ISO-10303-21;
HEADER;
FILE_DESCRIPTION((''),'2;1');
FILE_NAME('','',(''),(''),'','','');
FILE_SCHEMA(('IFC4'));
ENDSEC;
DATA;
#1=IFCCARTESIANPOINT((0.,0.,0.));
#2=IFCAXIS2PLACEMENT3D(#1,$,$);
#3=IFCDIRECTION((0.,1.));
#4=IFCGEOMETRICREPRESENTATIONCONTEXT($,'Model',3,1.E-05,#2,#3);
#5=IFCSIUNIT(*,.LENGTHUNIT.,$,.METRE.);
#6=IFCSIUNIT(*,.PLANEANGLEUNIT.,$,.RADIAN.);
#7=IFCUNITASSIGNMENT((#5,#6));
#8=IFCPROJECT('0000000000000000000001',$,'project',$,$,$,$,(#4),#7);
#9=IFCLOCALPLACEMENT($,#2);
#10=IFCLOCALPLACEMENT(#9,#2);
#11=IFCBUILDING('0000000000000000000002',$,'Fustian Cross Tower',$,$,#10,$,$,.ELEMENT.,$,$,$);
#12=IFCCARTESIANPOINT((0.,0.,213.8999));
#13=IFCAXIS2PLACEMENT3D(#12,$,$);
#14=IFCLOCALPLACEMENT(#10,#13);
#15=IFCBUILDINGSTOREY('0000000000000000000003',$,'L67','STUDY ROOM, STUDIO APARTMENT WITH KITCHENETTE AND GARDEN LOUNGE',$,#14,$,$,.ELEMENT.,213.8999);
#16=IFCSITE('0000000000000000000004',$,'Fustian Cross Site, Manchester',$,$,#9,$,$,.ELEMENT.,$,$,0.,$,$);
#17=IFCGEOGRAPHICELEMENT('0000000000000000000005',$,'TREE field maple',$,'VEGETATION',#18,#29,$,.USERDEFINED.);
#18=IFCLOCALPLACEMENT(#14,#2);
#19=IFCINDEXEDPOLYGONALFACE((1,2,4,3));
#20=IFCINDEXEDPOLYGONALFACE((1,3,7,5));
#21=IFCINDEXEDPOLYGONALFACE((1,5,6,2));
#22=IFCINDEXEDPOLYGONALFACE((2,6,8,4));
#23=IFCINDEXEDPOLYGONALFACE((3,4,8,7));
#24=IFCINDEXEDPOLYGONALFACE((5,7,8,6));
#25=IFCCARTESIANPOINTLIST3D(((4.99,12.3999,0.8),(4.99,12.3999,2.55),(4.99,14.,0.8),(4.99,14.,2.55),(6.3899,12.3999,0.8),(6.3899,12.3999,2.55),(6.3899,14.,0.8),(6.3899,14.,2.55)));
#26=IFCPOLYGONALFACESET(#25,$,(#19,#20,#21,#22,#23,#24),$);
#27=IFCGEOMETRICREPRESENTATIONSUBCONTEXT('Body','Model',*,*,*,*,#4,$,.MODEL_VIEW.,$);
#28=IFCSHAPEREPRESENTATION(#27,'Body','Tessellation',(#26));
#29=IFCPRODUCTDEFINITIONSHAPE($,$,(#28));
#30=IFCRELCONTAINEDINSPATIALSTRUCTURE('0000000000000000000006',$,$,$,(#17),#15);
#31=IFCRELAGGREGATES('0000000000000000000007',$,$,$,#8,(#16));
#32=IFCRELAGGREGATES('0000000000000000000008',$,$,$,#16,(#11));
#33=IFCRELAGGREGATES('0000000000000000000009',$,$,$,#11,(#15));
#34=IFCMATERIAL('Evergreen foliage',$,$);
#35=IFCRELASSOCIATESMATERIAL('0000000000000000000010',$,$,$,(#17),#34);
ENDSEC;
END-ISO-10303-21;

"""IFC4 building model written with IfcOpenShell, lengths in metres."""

from ifc_helpers import new_model, si_unit, direction, frame, origin, origin_2d, place, context, subcontext, project, spatial, rectangle, extrude, material, element, save


model = new_model("IFC4")

# Units and contexts
model_context = context("Model", 3, precision=1e-05, world=origin(), true_north=direction((0.0, 1.0)))
body_context = subcontext(model_context, "Body", "Model", "MODEL_VIEW")
ifc_project = project(units=[si_unit("LENGTHUNIT", "METRE"), si_unit("PLANEANGLEUNIT", "RADIAN")], contexts=[model_context])

# Site, building, storey
site_placement = place(None, origin())
site = spatial("IfcSite", under=ifc_project, at=site_placement, Name="Fustian Cross Site, Manchester", CompositionType="ELEMENT", RefElevation=0.0)
building_placement = place(site_placement, origin())
building = spatial("IfcBuilding", under=site, at=building_placement, Name="Fustian Cross Tower", CompositionType="ELEMENT")
storey_placement = place(building_placement, frame((0.0, 0.0, 213.8999)))
storey = spatial("IfcBuildingStorey", under=building, at=storey_placement, Name="L67", Description="STUDY ROOM, STUDIO APARTMENT WITH KITCHENETTE AND GARDEN LOUNGE", CompositionType="ELEMENT", Elevation=213.8999)

# Geographic element
ifc_material_1 = material(Name="Evergreen foliage")
geographic_element_placement = place(storey_placement, frame((5.6899, 13.2, 0.8), z_axis=(0.0, 0.0, 1.0), x_axis=(1.0, 0.0, 0.0)))
element("IfcGeographicElement", 1, at=geographic_element_placement, inside=storey, material=ifc_material_1, Name="TREE field maple", ObjectType="VEGETATION", PredefinedType="USERDEFINED", context=body_context, shape_type="SweptSolid", body=[
    extrude(rectangle(XDim=1.3999, YDim=1.6001, at=origin_2d()), origin(), (0.0, 0.0, 1.0), 1.75),
])

save(model, "model.ifc")
